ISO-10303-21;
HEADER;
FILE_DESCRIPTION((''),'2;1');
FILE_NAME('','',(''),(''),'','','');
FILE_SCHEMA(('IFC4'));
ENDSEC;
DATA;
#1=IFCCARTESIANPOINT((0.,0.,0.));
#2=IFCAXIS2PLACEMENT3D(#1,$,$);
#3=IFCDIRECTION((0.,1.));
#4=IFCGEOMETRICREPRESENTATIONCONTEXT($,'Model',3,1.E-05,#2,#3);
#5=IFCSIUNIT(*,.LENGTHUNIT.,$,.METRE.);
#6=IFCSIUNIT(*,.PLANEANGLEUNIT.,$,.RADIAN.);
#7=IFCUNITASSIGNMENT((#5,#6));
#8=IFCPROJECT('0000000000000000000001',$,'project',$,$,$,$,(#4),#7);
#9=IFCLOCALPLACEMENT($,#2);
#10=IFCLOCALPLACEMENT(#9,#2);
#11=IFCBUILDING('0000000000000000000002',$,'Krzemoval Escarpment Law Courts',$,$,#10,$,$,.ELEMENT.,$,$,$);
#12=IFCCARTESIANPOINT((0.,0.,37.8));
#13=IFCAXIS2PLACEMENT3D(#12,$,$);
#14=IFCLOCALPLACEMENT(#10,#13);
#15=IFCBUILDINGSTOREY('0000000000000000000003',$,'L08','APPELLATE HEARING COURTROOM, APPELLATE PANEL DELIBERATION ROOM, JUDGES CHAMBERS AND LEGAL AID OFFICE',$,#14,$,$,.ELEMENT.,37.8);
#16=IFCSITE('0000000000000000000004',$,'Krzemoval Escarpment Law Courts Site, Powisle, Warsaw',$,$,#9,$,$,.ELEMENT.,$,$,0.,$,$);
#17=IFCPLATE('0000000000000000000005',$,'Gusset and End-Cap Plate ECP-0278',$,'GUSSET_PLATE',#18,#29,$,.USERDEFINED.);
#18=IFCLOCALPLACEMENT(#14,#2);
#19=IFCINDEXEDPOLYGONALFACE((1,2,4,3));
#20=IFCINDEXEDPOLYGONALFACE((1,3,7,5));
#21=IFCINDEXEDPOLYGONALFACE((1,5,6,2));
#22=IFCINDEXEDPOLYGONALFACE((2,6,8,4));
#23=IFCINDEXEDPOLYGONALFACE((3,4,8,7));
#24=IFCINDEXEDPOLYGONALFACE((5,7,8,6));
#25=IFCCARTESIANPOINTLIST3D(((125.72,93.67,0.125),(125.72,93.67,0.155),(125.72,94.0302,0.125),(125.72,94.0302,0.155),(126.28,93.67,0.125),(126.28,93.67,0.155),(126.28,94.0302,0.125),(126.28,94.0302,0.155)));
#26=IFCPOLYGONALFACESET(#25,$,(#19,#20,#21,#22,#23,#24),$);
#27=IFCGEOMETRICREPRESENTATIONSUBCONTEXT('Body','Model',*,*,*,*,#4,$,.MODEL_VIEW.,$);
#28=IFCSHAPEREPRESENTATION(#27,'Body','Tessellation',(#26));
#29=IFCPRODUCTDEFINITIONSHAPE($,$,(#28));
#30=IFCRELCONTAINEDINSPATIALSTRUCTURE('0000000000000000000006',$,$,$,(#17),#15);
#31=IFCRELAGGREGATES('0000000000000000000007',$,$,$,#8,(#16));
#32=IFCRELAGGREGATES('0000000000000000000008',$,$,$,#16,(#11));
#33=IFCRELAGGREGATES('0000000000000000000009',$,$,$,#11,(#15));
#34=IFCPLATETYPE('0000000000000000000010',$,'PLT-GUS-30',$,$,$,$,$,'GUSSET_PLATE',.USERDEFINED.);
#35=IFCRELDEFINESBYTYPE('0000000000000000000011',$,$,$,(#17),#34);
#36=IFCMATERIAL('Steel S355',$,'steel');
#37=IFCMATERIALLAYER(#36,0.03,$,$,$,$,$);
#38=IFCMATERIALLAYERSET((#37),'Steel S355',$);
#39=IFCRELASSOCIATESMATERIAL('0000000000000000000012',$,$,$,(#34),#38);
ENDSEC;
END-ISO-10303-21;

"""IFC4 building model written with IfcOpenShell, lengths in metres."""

from ifc_helpers import new_model, si_unit, direction, frame, origin, origin_2d, place, context, subcontext, project, spatial, rectangle, extrude, material, layer, layer_set, type_object, element, save


model = new_model("IFC4")

# Units and contexts
model_context = context("Model", 3, precision=1e-05, world=origin(), true_north=direction((0.0, 1.0)))
body_context = subcontext(model_context, "Body", "Model", "MODEL_VIEW")
ifc_project = project(units=[si_unit("LENGTHUNIT", "METRE"), si_unit("PLANEANGLEUNIT", "RADIAN")], contexts=[model_context])

# Site, building, storey
site_placement = place(None, origin())
site = spatial("IfcSite", under=ifc_project, at=site_placement, Name="Krzemoval Escarpment Law Courts Site, Powisle, Warsaw", CompositionType="ELEMENT", RefElevation=0.0)
building_placement = place(site_placement, origin())
building = spatial("IfcBuilding", under=site, at=building_placement, Name="Krzemoval Escarpment Law Courts", CompositionType="ELEMENT")
storey_placement = place(building_placement, frame((0.0, 0.0, 37.8)))
storey = spatial("IfcBuildingStorey", under=building, at=storey_placement, Name="L08", Description="APPELLATE HEARING COURTROOM, APPELLATE PANEL DELIBERATION ROOM, JUDGES CHAMBERS AND LEGAL AID OFFICE", CompositionType="ELEMENT", Elevation=37.8)

# Plate
ifc_material_1 = material(Name="Steel S355", Category="steel")
ifc_layer_1 = layer(ifc_material_1, 0.03)
ifc_layer_set_1 = layer_set([ifc_layer_1], Name="Steel S355")
plate_type_1 = type_object("IfcPlateType", Name="PLT-GUS-30", ElementType="GUSSET_PLATE", PredefinedType="USERDEFINED", material=ifc_layer_set_1)
plate_1_placement = place(storey_placement, frame((126.0, 93.8501, 0.125), z_axis=(0.0, 0.0, 1.0), x_axis=(1.0, 0.0, 0.0)))
element("IfcPlate", 1, at=plate_1_placement, inside=storey, type_object=plate_type_1, Name="Gusset and End-Cap Plate ECP-0278", ObjectType="GUSSET_PLATE", PredefinedType="USERDEFINED", context=body_context, shape_type="SweptSolid", body=[
    extrude(rectangle(XDim=0.5601, YDim=0.3601, at=origin_2d()), origin(), (0.0, 0.0, 1.0), 0.03),
])

save(model, "model.ifc")
